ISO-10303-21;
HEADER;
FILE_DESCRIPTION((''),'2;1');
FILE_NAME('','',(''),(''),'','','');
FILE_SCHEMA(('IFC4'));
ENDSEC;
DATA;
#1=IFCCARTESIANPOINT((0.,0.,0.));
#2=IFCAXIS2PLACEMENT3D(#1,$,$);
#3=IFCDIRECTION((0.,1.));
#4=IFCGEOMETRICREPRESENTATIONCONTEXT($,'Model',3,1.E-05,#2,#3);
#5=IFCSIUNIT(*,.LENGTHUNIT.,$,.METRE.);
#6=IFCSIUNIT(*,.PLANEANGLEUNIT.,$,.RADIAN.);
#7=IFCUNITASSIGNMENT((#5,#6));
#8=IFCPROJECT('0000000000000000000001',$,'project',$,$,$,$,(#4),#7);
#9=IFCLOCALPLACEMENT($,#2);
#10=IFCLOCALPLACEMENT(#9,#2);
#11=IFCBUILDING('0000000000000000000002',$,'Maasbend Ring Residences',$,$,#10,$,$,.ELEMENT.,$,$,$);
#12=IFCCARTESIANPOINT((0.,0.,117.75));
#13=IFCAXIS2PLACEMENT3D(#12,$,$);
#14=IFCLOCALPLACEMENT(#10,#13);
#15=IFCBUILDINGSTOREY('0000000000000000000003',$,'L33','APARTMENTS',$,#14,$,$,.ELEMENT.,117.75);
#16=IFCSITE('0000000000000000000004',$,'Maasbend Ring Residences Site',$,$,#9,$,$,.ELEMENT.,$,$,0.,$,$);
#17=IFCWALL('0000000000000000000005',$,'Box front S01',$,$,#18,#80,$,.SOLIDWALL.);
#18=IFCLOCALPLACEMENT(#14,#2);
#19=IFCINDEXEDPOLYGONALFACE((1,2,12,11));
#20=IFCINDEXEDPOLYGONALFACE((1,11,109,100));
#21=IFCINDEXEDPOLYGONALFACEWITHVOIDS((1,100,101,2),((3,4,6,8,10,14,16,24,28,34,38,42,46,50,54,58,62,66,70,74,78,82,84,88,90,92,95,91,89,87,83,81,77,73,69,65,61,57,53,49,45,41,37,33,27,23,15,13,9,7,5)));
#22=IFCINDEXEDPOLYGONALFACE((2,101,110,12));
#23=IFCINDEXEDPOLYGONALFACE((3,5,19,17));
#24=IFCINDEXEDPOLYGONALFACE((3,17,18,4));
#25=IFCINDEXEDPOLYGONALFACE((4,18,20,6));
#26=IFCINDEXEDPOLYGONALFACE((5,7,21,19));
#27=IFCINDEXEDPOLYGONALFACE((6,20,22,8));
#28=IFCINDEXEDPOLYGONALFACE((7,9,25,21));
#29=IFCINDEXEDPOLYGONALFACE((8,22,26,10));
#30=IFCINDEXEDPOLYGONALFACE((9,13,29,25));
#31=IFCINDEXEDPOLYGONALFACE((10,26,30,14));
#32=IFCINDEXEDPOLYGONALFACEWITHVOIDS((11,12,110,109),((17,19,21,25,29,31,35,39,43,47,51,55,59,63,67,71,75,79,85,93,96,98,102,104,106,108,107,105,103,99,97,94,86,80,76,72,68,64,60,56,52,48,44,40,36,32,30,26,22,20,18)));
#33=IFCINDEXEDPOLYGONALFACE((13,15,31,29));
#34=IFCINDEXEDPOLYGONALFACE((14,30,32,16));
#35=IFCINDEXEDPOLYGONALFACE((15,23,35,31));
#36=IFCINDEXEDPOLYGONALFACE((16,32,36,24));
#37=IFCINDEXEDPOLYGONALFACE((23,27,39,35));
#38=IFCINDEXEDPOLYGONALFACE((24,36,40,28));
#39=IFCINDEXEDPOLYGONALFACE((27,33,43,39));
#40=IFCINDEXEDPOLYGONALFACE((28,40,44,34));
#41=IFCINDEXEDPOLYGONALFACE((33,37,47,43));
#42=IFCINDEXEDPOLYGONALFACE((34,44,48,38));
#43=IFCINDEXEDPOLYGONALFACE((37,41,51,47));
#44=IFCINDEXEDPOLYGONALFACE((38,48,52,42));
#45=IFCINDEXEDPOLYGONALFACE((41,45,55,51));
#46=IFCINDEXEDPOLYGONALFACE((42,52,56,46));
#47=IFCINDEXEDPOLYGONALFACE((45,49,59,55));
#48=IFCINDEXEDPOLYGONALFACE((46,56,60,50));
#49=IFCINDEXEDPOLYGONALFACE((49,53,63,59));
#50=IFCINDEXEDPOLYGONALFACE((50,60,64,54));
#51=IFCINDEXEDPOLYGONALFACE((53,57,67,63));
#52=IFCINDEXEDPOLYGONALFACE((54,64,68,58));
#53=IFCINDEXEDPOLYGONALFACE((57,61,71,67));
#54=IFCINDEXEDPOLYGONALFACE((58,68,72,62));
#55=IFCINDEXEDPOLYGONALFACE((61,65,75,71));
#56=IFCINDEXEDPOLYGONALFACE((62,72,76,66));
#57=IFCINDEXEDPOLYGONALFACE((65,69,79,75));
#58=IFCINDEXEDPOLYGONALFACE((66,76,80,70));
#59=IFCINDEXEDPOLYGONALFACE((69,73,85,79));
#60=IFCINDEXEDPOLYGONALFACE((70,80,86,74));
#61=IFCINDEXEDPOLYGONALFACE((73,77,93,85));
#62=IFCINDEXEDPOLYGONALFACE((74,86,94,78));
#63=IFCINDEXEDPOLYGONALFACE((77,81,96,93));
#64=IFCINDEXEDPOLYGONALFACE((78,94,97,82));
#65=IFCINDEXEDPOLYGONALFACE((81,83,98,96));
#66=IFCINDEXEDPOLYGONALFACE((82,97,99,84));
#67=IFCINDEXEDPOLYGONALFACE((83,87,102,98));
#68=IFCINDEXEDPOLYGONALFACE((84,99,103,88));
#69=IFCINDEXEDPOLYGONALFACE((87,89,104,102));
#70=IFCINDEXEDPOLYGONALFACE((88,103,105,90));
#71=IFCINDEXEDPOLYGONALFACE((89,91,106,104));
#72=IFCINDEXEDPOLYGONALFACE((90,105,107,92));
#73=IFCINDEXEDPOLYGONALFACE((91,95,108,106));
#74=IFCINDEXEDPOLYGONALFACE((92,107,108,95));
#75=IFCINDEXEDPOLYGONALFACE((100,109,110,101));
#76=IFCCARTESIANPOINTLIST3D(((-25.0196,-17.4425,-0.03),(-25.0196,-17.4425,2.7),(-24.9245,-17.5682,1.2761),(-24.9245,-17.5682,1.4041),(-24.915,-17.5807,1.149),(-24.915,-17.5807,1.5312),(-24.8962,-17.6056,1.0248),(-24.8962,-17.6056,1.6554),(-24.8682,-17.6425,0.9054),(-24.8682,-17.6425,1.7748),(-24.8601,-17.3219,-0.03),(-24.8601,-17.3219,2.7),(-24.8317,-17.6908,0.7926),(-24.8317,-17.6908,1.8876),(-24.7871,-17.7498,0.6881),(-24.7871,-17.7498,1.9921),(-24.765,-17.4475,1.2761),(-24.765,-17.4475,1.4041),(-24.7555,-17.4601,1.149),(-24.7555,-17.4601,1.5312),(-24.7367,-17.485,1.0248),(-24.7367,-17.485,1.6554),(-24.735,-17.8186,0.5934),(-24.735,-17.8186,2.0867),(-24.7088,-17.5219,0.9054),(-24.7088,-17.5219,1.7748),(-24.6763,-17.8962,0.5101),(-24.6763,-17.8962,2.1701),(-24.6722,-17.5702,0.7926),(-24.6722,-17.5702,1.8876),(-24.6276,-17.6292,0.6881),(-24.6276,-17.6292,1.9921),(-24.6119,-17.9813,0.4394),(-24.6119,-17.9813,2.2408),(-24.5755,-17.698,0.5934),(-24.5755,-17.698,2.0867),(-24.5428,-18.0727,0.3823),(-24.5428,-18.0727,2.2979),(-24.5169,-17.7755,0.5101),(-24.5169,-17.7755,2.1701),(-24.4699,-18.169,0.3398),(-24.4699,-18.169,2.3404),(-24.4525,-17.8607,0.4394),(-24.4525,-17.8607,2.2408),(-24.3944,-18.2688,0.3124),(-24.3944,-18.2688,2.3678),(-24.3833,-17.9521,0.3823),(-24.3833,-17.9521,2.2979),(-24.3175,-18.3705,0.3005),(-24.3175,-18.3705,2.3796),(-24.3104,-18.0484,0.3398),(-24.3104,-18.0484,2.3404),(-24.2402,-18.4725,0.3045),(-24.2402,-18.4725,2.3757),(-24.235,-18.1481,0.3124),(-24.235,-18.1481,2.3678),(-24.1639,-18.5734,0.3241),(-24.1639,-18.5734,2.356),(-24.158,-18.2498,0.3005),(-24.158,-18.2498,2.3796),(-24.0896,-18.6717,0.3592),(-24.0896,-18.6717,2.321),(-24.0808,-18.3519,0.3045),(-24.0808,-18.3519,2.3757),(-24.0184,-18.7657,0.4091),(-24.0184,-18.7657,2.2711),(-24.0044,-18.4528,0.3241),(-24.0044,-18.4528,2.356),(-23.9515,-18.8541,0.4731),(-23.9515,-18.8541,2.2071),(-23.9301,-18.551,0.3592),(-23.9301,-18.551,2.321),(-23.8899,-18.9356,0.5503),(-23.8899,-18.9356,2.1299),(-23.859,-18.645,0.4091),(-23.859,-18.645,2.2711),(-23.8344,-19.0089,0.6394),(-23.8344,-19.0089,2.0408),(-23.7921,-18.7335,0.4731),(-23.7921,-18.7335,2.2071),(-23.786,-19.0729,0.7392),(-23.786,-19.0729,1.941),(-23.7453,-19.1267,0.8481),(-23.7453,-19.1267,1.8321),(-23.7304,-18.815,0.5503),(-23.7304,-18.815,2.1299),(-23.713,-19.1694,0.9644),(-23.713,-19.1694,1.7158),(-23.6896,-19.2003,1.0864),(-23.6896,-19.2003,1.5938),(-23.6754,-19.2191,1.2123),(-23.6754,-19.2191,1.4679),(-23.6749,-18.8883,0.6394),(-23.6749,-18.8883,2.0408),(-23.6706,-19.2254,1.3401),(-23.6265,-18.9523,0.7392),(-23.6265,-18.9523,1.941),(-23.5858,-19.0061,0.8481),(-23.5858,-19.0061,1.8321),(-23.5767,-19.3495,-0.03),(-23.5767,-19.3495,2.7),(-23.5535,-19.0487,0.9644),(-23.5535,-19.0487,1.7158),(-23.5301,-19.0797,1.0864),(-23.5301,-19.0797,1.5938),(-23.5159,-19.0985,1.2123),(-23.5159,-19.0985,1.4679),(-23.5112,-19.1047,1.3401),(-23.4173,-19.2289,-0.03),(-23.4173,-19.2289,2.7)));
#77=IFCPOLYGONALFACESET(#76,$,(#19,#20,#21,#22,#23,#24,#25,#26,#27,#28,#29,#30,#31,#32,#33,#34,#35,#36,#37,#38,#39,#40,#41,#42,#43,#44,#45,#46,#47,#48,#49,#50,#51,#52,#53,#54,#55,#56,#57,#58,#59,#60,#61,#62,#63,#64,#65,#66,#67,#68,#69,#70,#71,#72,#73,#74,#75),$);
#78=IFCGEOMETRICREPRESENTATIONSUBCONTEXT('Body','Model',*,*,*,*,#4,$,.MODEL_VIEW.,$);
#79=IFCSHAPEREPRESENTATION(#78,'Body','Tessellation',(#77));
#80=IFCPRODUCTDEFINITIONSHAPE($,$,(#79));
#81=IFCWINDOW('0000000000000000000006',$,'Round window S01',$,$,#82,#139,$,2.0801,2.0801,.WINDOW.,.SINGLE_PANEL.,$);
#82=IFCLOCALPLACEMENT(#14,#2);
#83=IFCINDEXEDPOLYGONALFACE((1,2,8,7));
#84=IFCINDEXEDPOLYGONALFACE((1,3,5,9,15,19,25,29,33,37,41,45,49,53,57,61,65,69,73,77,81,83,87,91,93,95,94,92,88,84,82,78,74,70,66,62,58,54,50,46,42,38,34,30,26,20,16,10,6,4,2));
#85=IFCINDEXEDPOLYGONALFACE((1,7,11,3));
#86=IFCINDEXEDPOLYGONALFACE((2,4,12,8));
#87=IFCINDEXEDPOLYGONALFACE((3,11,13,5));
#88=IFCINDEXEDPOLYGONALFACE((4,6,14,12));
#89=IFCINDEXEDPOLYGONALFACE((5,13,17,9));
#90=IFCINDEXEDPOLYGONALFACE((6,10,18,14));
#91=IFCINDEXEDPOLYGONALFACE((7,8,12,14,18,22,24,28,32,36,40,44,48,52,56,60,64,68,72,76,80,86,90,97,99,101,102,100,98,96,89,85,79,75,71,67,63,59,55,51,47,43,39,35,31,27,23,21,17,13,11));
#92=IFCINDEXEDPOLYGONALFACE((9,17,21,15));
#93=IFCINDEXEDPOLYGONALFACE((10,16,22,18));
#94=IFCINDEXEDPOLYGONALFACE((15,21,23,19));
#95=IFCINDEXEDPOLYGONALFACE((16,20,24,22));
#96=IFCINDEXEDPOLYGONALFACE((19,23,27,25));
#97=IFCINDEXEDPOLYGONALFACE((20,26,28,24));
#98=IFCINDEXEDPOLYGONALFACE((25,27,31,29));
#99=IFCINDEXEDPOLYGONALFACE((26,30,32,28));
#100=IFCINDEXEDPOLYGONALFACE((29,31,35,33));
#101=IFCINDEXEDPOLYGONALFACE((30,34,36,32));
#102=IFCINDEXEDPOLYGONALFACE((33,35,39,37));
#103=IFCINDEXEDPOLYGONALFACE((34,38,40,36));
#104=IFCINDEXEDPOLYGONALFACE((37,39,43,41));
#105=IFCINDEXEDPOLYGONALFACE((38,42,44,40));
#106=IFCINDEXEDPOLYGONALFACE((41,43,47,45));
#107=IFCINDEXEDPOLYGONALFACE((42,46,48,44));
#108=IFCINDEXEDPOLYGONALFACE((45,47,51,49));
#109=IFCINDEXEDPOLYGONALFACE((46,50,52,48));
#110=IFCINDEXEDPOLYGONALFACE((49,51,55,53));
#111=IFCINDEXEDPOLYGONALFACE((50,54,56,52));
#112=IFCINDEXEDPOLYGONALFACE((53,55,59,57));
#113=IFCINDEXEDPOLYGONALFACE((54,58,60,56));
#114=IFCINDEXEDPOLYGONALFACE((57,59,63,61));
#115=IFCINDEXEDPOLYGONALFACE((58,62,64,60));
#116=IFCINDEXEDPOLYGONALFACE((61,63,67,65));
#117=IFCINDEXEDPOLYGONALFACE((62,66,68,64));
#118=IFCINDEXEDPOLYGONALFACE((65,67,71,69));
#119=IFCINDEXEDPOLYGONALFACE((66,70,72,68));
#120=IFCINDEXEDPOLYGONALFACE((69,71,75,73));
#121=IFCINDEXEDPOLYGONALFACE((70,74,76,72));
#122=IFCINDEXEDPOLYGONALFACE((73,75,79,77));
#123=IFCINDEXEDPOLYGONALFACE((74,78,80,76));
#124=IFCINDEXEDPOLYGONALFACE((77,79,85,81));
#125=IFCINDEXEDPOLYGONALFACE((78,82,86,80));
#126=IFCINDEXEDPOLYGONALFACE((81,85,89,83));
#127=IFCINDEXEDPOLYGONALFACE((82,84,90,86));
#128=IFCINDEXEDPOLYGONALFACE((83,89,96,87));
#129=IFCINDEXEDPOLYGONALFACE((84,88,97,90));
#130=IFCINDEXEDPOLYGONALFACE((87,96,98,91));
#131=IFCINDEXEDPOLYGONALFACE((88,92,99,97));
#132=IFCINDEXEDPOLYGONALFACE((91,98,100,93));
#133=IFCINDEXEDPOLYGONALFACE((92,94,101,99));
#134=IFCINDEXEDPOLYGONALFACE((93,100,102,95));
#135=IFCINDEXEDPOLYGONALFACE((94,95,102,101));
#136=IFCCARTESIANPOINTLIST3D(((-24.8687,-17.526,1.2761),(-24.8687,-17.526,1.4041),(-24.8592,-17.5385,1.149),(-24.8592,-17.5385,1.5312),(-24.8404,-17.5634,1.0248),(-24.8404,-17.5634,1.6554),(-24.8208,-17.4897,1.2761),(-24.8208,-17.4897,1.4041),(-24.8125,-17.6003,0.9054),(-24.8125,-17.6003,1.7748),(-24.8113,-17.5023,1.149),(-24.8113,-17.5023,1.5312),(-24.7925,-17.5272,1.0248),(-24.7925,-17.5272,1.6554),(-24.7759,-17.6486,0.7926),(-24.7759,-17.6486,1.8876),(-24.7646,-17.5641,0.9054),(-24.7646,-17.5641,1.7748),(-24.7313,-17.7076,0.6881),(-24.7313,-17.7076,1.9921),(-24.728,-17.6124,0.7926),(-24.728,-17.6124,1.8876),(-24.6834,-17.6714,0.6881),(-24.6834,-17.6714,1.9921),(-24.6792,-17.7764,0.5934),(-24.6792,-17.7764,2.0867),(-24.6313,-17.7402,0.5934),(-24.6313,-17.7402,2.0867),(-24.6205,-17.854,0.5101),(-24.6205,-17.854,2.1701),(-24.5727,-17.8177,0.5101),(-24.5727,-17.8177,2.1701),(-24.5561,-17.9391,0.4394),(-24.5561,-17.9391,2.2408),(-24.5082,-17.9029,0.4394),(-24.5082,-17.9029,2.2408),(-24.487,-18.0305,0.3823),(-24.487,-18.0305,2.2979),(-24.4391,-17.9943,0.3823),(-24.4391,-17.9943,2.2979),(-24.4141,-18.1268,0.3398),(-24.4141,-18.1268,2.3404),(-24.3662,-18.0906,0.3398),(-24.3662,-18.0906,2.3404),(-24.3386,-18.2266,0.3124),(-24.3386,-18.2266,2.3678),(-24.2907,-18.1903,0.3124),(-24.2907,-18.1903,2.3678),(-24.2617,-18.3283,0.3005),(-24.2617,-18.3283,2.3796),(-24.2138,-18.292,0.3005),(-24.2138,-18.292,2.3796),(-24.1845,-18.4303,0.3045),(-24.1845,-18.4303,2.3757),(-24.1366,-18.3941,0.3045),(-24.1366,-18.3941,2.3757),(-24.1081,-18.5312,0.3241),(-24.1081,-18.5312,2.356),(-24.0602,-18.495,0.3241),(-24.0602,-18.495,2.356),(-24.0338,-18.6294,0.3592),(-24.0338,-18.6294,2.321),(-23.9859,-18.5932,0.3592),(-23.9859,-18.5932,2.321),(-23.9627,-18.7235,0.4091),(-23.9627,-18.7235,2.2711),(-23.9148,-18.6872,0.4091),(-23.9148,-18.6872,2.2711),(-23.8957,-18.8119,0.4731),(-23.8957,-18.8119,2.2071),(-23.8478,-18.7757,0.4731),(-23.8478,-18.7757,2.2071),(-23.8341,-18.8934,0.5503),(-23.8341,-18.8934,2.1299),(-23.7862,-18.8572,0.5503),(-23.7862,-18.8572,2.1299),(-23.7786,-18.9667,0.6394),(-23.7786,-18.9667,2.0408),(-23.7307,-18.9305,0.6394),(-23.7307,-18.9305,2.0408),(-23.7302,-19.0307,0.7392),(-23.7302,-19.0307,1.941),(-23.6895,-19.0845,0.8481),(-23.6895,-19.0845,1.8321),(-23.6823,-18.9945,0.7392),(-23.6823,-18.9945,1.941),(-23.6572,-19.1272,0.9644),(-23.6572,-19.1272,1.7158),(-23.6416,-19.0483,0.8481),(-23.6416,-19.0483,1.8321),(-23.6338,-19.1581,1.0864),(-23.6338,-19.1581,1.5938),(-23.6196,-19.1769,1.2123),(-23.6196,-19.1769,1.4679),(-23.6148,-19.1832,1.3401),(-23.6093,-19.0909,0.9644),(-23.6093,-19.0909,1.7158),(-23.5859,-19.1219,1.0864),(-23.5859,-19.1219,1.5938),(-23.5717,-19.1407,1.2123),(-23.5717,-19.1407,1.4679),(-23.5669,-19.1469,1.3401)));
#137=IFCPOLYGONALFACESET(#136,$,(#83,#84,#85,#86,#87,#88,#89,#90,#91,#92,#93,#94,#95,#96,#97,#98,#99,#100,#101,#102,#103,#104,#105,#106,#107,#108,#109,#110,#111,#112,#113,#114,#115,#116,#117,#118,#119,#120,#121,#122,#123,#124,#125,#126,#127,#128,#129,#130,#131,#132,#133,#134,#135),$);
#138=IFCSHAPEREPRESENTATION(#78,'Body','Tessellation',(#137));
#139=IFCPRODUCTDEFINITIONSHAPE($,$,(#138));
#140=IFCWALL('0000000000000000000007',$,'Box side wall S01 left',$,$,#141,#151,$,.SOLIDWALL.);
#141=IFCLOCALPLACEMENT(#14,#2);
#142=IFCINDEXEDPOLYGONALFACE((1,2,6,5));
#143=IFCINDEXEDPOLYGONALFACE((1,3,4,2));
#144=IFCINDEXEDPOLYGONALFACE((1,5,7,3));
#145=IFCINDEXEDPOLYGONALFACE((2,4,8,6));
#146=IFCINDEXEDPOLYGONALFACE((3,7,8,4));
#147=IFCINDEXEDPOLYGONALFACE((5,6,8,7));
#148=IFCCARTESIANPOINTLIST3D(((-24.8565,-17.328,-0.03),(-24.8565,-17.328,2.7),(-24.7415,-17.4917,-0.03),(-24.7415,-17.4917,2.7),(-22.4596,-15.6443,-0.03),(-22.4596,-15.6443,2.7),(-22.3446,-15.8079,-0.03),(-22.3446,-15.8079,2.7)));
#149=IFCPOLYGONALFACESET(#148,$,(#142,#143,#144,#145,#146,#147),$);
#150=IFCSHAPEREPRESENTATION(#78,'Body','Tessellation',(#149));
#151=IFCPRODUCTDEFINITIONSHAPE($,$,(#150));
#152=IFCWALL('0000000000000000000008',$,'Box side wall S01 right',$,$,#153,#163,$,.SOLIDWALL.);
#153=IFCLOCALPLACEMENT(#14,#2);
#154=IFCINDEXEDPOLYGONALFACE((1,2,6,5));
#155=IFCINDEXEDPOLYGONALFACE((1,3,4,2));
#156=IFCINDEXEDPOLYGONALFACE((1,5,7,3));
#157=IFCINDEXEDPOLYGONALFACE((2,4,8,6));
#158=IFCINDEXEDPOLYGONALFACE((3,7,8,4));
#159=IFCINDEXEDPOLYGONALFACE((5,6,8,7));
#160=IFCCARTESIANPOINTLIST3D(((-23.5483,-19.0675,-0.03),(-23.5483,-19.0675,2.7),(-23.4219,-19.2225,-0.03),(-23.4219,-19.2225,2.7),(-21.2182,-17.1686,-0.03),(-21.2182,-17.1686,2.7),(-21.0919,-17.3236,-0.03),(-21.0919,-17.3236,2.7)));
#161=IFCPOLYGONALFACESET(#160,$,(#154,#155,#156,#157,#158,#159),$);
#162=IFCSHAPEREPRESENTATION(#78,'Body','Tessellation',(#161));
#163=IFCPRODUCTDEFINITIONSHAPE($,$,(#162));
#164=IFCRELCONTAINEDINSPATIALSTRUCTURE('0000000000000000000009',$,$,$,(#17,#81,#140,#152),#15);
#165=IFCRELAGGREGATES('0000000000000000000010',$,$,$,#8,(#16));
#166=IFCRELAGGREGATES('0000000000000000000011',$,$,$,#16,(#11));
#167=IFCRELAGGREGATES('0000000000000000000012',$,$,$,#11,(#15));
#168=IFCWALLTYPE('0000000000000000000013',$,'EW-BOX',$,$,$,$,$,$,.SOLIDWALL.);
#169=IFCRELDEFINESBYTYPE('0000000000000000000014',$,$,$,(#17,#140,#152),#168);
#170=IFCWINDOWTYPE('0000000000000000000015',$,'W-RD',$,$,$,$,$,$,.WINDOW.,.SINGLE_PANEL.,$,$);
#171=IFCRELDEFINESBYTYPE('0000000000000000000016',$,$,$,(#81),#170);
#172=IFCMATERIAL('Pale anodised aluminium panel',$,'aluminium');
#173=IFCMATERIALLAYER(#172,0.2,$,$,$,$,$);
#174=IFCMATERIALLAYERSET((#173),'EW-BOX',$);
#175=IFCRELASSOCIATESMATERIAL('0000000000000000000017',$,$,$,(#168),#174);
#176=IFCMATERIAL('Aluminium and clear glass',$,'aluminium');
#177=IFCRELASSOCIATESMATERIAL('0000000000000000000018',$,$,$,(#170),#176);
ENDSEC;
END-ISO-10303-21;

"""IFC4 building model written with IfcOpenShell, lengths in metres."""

from ifc_helpers import new_model, si_unit, direction, frame, frame_2d, origin, place, context, subcontext, project, spatial, rectangle, circle, extrude, material, layer, layer_set, type_object, element, fill, save


model = new_model("IFC4")

# Units and contexts
model_context = context("Model", 3, precision=1e-05, world=origin(), true_north=direction((0.0, 1.0)))
body_context = subcontext(model_context, "Body", "Model", "MODEL_VIEW")
ifc_project = project(units=[si_unit("LENGTHUNIT", "METRE"), si_unit("PLANEANGLEUNIT", "RADIAN")], contexts=[model_context])

# Site, building, storey
site_placement = place(None, origin())
site = spatial("IfcSite", under=ifc_project, at=site_placement, Name="Maasbend Ring Residences Site", CompositionType="ELEMENT", RefElevation=0.0)
building_placement = place(site_placement, origin())
building = spatial("IfcBuilding", under=site, at=building_placement, Name="Maasbend Ring Residences", CompositionType="ELEMENT")
storey_placement = place(building_placement, frame((0.0, 0.0, 117.75)))
storey = spatial("IfcBuildingStorey", under=building, at=storey_placement, Name="L33", Description="APARTMENTS", CompositionType="ELEMENT", Elevation=117.75)

# Wall, opening, window
ifc_material_1 = material(Name="Pale anodised aluminium panel", Category="aluminium")
ifc_layer_1 = layer(ifc_material_1, 0.2)
ifc_layer_set_1 = layer_set([ifc_layer_1], Name="EW-BOX")
wall_type_1 = type_object("IfcWallType", Name="EW-BOX", PredefinedType="SOLIDWALL", material=ifc_layer_set_1)
wall_1_placement = place(storey_placement, frame((-24.9399, -17.3821, -0.03), z_axis=(0.0, 0.0, 1.0), x_axis=(0.603376, -0.797457, 0.0)))
wall_1 = element("IfcWall", 1, at=wall_1_placement, inside=storey, type_object=wall_type_1, Name="Box front S01", PredefinedType="SOLIDWALL", context=body_context, shape_type="SweptSolid", body=[
    extrude(rectangle(XDim=2.3914, YDim=0.2, at=frame_2d((1.1958, 0.0))), origin(), (0.0, 0.0, 1.0), 2.73),
])
opening_1_placement = place(wall_1_placement, frame((0.1558, 0.0, 0.3301)))
opening_1 = element("IfcOpeningElement", 2, at=opening_1_placement, cuts=wall_1, PredefinedType="OPENING", context=body_context, shape_type="SweptSolid", body=[
    extrude(circle(Radius=1.04, at=frame_2d((1.04, 1.04))), frame((0.0, 0.1099, 0.0), z_axis=(0.0, -1.0, 0.0), x_axis=(1.0, 0.0, 0.0)), (0.0, 0.0, 1.0), 0.22),
])
ifc_material_2 = material(Name="Aluminium and clear glass", Category="aluminium")
window_type_1 = type_object("IfcWindowType", Name="W-RD", PartitioningType="SINGLE_PANEL", PredefinedType="WINDOW", material=ifc_material_2)
window_1_placement = place(opening_1_placement, origin())
window_1 = element("IfcWindow", 3, at=window_1_placement, inside=storey, type_object=window_type_1, Name="Round window S01", OverallHeight=2.0801, OverallWidth=2.0801, PartitioningType="SINGLE_PANEL", PredefinedType="WINDOW", context=body_context, shape_type="SweptSolid", body=[
    extrude(circle(Radius=1.04, at=frame_2d((1.04, 1.04))), frame((0.0, 0.03, 0.0), z_axis=(0.0, -1.0, 0.0), x_axis=(1.0, 0.0, 0.0)), (0.0, 0.0, 1.0), 0.0601),
])
fill(opening_1, window_1)

# Walls
wall_2_placement = place(storey_placement, frame((-22.4021, -15.7261, -0.03), z_axis=(0.0, 0.0, 1.0), x_axis=(-0.818275, -0.574826, 0.0)))
element("IfcWall", 4, at=wall_2_placement, inside=storey, type_object=wall_type_1, Name="Box side wall S01 left", PredefinedType="SOLIDWALL", context=body_context, shape_type="SweptSolid", body=[
    extrude(rectangle(XDim=2.9292, YDim=0.2, at=frame_2d((1.4646, 0.0))), origin(), (0.0, 0.0, 1.0), 2.73),
])
wall_3_placement = place(storey_placement, frame((-21.155, -17.2461, -0.03), z_axis=(0.0, 0.0, 1.0), x_axis=(-0.775179, -0.631742, 0.0)))
element("IfcWall", 5, at=wall_3_placement, inside=storey, type_object=wall_type_1, Name="Box side wall S01 right", PredefinedType="SOLIDWALL", context=body_context, shape_type="SweptSolid", body=[
    extrude(rectangle(XDim=3.0059, YDim=0.2, at=frame_2d((1.5029, 0.0))), origin(), (0.0, 0.0, 1.0), 2.73),
])

save(model, "model.ifc")
